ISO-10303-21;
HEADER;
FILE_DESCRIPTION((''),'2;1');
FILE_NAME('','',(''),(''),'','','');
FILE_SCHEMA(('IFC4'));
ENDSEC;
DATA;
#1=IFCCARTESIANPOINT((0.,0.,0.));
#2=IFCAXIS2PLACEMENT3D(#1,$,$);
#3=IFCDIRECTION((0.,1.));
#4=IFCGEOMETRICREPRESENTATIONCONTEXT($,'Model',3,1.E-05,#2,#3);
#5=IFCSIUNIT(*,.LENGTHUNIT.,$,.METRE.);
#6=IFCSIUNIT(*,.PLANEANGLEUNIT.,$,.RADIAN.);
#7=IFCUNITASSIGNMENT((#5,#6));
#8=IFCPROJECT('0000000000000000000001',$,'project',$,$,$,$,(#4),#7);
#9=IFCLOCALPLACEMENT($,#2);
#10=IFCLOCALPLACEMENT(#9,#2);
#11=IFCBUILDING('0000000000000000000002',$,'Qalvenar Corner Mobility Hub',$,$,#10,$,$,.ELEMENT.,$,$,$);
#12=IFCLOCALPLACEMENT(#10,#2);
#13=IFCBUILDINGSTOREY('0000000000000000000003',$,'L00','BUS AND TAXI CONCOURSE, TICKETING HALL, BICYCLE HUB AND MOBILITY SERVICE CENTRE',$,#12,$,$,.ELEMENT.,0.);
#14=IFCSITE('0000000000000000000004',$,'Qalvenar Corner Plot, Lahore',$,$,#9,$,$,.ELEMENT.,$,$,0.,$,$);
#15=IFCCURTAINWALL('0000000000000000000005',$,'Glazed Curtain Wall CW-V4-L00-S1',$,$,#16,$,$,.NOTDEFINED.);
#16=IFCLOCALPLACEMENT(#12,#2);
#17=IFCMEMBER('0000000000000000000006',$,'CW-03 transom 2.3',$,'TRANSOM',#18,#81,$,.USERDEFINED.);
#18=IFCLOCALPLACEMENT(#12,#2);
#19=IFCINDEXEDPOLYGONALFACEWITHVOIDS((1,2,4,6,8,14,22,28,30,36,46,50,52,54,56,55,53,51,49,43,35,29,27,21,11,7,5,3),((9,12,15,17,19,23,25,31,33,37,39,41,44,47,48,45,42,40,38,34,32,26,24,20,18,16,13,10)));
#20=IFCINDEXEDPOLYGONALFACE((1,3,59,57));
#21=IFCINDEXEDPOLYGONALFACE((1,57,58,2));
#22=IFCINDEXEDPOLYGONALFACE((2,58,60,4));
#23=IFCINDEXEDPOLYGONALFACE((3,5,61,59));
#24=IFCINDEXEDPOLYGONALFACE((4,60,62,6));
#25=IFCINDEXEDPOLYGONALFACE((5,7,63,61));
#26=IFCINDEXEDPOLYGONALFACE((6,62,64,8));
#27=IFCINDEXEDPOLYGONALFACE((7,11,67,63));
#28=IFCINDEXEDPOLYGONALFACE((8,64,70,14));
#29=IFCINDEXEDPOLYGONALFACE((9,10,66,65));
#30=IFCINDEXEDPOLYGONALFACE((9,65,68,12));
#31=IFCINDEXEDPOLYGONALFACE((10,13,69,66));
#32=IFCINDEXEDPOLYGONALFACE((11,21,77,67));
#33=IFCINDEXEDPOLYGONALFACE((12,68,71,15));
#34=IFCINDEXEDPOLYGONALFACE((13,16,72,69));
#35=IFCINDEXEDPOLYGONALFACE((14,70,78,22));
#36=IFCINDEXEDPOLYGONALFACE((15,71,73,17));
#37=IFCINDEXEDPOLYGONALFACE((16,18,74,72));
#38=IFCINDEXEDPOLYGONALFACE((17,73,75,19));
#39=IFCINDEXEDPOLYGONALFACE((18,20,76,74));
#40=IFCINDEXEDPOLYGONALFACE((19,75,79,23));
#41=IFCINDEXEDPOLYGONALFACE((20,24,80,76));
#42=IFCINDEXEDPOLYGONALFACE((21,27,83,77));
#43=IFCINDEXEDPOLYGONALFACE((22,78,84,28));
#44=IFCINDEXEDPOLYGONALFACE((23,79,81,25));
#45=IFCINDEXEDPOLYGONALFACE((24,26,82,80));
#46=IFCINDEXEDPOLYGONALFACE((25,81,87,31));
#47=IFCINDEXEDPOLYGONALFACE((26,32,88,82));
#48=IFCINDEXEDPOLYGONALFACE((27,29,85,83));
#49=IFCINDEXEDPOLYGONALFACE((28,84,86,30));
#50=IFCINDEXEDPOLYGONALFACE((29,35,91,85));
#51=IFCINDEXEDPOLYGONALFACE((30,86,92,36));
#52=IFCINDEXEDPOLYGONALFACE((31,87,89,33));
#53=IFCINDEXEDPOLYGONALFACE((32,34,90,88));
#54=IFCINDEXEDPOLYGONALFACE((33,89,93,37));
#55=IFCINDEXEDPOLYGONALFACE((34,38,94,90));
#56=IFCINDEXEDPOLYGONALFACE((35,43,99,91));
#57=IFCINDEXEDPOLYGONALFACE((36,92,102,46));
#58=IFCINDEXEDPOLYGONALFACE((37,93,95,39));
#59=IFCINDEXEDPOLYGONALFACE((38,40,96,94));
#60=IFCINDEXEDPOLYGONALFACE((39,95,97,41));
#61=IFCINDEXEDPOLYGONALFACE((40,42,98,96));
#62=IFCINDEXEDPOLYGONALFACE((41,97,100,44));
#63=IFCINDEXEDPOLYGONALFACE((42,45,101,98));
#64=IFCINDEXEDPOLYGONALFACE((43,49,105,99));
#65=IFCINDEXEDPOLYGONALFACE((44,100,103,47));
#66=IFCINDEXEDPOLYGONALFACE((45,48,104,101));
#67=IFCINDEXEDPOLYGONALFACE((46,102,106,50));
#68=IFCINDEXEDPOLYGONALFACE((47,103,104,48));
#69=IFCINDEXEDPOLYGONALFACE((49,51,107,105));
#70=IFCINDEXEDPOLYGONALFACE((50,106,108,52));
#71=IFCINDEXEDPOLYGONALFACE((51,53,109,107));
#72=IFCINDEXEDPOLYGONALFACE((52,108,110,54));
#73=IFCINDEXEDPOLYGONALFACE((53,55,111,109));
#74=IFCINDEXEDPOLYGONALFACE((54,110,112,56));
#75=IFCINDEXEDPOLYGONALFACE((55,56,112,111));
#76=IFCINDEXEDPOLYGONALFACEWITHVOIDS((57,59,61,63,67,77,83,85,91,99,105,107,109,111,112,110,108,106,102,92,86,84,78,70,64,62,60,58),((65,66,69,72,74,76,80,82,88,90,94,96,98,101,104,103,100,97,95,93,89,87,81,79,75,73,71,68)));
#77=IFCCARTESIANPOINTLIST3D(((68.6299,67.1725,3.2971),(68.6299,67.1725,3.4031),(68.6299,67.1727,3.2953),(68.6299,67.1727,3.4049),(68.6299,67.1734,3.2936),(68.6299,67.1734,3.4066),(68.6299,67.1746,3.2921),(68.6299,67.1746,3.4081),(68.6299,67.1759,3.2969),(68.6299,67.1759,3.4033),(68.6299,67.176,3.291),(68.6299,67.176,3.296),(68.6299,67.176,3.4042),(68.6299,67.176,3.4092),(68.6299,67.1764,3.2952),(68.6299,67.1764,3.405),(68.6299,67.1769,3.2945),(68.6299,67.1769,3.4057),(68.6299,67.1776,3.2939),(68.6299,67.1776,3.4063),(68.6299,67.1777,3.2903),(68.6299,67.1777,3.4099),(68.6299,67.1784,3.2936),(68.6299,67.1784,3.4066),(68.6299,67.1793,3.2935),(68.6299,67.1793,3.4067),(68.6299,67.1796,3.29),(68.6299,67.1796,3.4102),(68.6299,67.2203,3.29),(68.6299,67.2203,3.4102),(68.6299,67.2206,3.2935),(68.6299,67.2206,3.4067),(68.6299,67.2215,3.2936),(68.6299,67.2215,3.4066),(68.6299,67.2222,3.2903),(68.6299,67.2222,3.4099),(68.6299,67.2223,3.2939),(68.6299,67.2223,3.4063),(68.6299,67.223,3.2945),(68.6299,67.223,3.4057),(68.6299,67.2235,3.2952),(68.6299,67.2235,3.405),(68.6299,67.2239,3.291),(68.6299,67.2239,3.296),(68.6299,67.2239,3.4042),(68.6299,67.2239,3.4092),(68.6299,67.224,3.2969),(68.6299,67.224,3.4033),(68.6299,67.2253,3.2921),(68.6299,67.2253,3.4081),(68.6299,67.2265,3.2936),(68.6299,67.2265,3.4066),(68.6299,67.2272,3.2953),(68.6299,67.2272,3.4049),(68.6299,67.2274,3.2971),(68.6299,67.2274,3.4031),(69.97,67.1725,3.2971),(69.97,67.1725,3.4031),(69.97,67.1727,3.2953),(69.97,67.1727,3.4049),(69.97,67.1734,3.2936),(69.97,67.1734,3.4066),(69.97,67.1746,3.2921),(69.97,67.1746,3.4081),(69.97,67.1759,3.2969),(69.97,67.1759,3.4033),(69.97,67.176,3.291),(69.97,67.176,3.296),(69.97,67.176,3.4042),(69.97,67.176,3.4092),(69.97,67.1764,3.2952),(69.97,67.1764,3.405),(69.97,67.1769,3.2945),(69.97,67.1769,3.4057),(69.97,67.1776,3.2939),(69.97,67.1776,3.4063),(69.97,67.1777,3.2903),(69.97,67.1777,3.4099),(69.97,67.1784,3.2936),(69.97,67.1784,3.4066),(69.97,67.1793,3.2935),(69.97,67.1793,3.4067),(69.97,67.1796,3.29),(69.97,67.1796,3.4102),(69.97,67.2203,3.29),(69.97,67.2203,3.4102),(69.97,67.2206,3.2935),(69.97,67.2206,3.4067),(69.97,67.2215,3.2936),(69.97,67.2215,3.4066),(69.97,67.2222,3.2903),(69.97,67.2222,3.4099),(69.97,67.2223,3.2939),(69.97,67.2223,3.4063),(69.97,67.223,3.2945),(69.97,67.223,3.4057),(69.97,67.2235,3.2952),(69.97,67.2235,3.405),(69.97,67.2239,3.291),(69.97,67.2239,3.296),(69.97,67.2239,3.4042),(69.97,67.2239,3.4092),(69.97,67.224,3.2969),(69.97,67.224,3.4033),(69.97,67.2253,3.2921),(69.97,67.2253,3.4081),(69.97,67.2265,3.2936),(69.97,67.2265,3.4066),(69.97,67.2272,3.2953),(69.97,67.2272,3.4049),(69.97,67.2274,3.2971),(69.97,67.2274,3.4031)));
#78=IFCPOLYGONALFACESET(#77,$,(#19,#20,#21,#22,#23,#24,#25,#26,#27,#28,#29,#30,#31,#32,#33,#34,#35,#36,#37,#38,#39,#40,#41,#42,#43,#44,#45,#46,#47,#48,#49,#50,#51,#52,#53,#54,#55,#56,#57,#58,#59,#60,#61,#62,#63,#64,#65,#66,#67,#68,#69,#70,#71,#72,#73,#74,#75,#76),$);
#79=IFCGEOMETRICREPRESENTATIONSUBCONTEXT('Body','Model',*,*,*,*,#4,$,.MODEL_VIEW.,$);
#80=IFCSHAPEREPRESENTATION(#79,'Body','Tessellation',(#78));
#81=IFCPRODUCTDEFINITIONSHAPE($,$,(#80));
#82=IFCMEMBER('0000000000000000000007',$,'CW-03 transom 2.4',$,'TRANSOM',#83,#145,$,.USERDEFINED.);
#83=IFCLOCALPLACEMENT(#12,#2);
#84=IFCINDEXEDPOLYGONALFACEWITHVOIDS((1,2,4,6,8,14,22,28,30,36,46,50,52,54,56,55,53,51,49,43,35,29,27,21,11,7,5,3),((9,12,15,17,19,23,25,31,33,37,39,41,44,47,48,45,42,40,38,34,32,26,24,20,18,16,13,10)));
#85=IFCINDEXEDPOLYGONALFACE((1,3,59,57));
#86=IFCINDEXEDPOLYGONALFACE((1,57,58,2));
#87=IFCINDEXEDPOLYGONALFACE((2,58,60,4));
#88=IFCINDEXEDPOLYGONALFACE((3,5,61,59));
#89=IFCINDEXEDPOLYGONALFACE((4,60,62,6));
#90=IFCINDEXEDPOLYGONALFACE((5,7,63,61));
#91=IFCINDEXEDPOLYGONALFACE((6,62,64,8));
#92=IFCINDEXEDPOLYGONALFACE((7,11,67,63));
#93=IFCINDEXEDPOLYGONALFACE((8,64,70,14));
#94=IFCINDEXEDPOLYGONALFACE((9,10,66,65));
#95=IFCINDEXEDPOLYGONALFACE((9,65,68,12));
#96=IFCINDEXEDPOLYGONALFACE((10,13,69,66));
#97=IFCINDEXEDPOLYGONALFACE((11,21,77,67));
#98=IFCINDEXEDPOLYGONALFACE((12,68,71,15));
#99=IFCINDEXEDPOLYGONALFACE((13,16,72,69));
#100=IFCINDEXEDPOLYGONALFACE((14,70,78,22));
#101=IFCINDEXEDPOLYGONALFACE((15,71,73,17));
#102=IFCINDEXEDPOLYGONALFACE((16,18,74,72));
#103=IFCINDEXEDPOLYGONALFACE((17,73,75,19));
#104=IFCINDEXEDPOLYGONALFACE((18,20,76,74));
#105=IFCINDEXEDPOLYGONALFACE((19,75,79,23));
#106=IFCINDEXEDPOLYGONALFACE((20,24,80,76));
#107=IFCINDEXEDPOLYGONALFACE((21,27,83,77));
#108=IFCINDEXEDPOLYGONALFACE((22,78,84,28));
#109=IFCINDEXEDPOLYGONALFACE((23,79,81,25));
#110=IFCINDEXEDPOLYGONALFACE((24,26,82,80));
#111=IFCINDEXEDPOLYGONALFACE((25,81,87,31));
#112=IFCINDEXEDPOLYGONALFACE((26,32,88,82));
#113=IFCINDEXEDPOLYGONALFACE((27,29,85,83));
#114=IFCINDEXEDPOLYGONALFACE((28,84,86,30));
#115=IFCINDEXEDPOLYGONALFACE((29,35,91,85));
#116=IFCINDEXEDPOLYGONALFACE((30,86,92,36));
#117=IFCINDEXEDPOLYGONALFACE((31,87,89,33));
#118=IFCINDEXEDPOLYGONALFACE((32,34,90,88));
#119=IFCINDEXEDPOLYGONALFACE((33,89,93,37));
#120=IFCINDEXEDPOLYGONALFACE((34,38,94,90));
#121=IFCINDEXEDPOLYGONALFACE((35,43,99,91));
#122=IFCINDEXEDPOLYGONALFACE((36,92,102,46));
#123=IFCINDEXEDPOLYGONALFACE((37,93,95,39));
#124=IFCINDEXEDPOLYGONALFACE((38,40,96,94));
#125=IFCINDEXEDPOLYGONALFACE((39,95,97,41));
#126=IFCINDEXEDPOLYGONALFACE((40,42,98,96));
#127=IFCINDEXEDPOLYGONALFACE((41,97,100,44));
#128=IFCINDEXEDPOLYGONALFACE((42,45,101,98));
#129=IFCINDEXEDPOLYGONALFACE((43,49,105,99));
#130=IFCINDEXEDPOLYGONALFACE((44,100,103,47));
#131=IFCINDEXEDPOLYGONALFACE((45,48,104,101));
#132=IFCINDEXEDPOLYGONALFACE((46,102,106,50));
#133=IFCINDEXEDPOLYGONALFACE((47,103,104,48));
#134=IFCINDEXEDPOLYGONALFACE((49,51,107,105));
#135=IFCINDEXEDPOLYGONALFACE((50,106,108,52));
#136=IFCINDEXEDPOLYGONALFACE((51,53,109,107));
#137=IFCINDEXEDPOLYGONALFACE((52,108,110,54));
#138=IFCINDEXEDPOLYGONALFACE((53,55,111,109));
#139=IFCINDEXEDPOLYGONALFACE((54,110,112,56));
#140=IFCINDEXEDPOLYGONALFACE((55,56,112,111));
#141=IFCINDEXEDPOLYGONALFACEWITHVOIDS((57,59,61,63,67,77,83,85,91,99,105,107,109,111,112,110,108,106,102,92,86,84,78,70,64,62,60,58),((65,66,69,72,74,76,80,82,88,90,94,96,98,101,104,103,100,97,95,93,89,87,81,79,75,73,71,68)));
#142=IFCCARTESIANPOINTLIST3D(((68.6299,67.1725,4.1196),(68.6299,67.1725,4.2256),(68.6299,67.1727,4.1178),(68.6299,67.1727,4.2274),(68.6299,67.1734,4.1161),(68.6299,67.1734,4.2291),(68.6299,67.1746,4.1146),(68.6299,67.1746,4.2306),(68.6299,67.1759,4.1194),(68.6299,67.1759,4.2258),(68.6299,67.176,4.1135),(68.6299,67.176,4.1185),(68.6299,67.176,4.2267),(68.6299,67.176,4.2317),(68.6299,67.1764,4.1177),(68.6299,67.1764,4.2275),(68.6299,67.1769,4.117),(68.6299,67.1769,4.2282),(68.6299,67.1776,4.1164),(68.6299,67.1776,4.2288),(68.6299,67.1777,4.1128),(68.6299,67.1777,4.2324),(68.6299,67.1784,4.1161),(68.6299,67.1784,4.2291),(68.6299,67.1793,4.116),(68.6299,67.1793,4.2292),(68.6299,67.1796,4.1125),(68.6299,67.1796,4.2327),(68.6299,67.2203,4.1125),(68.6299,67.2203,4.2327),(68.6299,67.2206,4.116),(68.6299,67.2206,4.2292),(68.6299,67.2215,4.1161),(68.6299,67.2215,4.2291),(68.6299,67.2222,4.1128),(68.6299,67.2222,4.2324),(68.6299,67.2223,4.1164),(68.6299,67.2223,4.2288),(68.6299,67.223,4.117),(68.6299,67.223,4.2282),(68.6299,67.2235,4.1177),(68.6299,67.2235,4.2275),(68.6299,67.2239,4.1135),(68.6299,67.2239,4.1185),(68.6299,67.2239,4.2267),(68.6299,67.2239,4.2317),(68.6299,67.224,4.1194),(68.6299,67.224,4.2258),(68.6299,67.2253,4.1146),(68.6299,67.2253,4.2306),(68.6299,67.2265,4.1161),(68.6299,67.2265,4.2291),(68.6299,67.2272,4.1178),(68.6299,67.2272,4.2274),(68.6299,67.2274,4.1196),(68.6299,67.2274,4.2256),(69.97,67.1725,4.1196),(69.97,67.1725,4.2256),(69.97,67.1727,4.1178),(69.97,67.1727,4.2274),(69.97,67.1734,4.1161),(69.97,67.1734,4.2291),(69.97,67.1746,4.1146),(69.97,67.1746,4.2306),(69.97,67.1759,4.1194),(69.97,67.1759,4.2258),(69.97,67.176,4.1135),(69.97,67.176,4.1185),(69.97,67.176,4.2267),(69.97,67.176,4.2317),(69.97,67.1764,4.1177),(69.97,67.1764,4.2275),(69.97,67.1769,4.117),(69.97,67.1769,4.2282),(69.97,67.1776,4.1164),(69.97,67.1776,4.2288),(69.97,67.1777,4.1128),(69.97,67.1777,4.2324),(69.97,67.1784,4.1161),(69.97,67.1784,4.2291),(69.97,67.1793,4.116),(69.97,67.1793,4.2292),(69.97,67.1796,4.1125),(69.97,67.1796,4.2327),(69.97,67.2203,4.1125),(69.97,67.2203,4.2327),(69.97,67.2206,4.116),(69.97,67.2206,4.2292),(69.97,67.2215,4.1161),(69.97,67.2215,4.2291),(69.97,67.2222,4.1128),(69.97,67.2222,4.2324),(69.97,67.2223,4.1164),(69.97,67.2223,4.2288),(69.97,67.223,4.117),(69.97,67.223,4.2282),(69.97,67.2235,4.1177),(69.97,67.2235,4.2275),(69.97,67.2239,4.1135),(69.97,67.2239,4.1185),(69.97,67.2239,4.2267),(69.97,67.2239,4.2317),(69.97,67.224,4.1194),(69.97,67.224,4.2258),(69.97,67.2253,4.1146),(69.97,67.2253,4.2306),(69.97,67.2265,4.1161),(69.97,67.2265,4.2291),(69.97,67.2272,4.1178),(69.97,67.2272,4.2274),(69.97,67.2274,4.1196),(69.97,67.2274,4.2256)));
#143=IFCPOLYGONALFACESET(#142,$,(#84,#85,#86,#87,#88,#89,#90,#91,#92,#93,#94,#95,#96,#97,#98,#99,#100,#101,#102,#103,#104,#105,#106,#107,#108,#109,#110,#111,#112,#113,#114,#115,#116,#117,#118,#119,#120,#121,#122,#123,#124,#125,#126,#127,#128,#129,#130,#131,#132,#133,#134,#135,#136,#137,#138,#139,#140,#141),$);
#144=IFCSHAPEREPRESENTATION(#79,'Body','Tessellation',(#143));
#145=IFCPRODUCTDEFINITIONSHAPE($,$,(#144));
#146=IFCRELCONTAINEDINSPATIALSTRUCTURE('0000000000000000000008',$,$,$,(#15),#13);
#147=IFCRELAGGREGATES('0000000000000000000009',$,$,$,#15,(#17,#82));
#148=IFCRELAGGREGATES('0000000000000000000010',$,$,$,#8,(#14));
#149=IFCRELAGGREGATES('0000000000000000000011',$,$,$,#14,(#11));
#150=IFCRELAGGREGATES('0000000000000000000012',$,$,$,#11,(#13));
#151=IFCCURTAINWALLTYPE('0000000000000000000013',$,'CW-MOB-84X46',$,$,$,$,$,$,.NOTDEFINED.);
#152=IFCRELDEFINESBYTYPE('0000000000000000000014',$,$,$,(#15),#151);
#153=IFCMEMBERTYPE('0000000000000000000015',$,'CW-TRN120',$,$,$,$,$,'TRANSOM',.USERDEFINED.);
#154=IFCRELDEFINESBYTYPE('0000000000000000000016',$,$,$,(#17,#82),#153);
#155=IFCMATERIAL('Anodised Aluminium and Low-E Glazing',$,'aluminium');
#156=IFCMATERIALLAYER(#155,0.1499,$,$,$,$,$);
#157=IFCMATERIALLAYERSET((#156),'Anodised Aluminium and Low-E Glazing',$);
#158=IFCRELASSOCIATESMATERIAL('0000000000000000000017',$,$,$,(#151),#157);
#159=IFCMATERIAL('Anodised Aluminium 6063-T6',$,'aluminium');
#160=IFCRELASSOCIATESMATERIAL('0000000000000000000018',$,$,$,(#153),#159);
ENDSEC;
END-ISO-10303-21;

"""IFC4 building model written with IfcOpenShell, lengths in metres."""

from ifc_helpers import new_model, si_unit, direction, frame, origin, origin_2d, place, context, subcontext, project, spatial, hollow_rectangle, extrude, material, layer, layer_set, material_profile, profile_set, type_object, element, aggregate, save


model = new_model("IFC4")

# Units and contexts
model_context = context("Model", 3, precision=1e-05, world=origin(), true_north=direction((0.0, 1.0)))
body_context = subcontext(model_context, "Body", "Model", "MODEL_VIEW")
ifc_project = project(units=[si_unit("LENGTHUNIT", "METRE"), si_unit("PLANEANGLEUNIT", "RADIAN")], contexts=[model_context])

# Site, building, storey
site_placement = place(None, origin())
site = spatial("IfcSite", under=ifc_project, at=site_placement, Name="Qalvenar Corner Plot, Lahore", CompositionType="ELEMENT", RefElevation=0.0)
building_placement = place(site_placement, origin())
building = spatial("IfcBuilding", under=site, at=building_placement, Name="Qalvenar Corner Mobility Hub", CompositionType="ELEMENT")
storey_placement = place(building_placement, origin())
storey = spatial("IfcBuildingStorey", under=building, at=storey_placement, Name="L00", Description="BUS AND TAXI CONCOURSE, TICKETING HALL, BICYCLE HUB AND MOBILITY SERVICE CENTRE", CompositionType="ELEMENT", Elevation=0.0)

# Curtain wall, members
ifc_material_1 = material(Name="Anodised Aluminium and Low-E Glazing", Category="aluminium")
ifc_layer_1 = layer(ifc_material_1, 0.1499)
ifc_layer_set_1 = layer_set([ifc_layer_1], Name="Anodised Aluminium and Low-E Glazing")
curtain_wall_type = type_object("IfcCurtainWallType", Name="CW-MOB-84X46", PredefinedType="NOTDEFINED", material=ifc_layer_set_1)
curtain_wall_placement = place(storey_placement, origin())
curtain_wall = element("IfcCurtainWall", 1, at=curtain_wall_placement, inside=storey, type_object=curtain_wall_type, Name="Glazed Curtain Wall CW-V4-L00-S1", PredefinedType="NOTDEFINED")
ifc_material_2 = material(Name="Anodised Aluminium 6063-T6", Category="aluminium")
ifc_material_profile_1 = material_profile(ifc_material_2, hollow_rectangle(XDim=0.0549, YDim=0.1201, WallThickness=0.0034, InnerFilletRadius=0.0034, OuterFilletRadius=0.0071, at=origin_2d()), Name="RHS120x55x3.5")
ifc_profile_set_1 = profile_set([ifc_material_profile_1], Name="Anodised Aluminium 6063-T6")
member_type_1 = type_object("IfcMemberType", Name="CW-TRN120", ElementType="TRANSOM", PredefinedType="USERDEFINED", material=ifc_profile_set_1)
member_1_placement = place(storey_placement, frame((68.6299, 67.2, 3.3501), z_axis=(1.0, 0.0, 0.0), x_axis=(0.0, 1.0, 0.0)))
member_1 = element("IfcMember", 2, at=member_1_placement, type_object=member_type_1, Name="CW-03 transom 2.3", ObjectType="TRANSOM", PredefinedType="USERDEFINED", context=body_context, shape_type="SweptSolid", body=[
    extrude(hollow_rectangle(XDim=0.0549, YDim=0.1201, WallThickness=0.0034, InnerFilletRadius=0.0034, OuterFilletRadius=0.0071, at=origin_2d()), origin(), (0.0, 0.0, 1.0), 1.3401),
])
member_2_placement = place(storey_placement, frame((68.6299, 67.2, 4.1726), z_axis=(1.0, 0.0, 0.0), x_axis=(0.0, 1.0, 0.0)))
member_2 = element("IfcMember", 3, at=member_2_placement, type_object=member_type_1, Name="CW-03 transom 2.4", ObjectType="TRANSOM", PredefinedType="USERDEFINED", context=body_context, shape_type="SweptSolid", body=[
    extrude(hollow_rectangle(XDim=0.0549, YDim=0.1201, WallThickness=0.0034, InnerFilletRadius=0.0034, OuterFilletRadius=0.0071, at=origin_2d()), origin(), (0.0, 0.0, 1.0), 1.3401),
])
aggregate(curtain_wall, [member_1, member_2])

save(model, "model.ifc")
